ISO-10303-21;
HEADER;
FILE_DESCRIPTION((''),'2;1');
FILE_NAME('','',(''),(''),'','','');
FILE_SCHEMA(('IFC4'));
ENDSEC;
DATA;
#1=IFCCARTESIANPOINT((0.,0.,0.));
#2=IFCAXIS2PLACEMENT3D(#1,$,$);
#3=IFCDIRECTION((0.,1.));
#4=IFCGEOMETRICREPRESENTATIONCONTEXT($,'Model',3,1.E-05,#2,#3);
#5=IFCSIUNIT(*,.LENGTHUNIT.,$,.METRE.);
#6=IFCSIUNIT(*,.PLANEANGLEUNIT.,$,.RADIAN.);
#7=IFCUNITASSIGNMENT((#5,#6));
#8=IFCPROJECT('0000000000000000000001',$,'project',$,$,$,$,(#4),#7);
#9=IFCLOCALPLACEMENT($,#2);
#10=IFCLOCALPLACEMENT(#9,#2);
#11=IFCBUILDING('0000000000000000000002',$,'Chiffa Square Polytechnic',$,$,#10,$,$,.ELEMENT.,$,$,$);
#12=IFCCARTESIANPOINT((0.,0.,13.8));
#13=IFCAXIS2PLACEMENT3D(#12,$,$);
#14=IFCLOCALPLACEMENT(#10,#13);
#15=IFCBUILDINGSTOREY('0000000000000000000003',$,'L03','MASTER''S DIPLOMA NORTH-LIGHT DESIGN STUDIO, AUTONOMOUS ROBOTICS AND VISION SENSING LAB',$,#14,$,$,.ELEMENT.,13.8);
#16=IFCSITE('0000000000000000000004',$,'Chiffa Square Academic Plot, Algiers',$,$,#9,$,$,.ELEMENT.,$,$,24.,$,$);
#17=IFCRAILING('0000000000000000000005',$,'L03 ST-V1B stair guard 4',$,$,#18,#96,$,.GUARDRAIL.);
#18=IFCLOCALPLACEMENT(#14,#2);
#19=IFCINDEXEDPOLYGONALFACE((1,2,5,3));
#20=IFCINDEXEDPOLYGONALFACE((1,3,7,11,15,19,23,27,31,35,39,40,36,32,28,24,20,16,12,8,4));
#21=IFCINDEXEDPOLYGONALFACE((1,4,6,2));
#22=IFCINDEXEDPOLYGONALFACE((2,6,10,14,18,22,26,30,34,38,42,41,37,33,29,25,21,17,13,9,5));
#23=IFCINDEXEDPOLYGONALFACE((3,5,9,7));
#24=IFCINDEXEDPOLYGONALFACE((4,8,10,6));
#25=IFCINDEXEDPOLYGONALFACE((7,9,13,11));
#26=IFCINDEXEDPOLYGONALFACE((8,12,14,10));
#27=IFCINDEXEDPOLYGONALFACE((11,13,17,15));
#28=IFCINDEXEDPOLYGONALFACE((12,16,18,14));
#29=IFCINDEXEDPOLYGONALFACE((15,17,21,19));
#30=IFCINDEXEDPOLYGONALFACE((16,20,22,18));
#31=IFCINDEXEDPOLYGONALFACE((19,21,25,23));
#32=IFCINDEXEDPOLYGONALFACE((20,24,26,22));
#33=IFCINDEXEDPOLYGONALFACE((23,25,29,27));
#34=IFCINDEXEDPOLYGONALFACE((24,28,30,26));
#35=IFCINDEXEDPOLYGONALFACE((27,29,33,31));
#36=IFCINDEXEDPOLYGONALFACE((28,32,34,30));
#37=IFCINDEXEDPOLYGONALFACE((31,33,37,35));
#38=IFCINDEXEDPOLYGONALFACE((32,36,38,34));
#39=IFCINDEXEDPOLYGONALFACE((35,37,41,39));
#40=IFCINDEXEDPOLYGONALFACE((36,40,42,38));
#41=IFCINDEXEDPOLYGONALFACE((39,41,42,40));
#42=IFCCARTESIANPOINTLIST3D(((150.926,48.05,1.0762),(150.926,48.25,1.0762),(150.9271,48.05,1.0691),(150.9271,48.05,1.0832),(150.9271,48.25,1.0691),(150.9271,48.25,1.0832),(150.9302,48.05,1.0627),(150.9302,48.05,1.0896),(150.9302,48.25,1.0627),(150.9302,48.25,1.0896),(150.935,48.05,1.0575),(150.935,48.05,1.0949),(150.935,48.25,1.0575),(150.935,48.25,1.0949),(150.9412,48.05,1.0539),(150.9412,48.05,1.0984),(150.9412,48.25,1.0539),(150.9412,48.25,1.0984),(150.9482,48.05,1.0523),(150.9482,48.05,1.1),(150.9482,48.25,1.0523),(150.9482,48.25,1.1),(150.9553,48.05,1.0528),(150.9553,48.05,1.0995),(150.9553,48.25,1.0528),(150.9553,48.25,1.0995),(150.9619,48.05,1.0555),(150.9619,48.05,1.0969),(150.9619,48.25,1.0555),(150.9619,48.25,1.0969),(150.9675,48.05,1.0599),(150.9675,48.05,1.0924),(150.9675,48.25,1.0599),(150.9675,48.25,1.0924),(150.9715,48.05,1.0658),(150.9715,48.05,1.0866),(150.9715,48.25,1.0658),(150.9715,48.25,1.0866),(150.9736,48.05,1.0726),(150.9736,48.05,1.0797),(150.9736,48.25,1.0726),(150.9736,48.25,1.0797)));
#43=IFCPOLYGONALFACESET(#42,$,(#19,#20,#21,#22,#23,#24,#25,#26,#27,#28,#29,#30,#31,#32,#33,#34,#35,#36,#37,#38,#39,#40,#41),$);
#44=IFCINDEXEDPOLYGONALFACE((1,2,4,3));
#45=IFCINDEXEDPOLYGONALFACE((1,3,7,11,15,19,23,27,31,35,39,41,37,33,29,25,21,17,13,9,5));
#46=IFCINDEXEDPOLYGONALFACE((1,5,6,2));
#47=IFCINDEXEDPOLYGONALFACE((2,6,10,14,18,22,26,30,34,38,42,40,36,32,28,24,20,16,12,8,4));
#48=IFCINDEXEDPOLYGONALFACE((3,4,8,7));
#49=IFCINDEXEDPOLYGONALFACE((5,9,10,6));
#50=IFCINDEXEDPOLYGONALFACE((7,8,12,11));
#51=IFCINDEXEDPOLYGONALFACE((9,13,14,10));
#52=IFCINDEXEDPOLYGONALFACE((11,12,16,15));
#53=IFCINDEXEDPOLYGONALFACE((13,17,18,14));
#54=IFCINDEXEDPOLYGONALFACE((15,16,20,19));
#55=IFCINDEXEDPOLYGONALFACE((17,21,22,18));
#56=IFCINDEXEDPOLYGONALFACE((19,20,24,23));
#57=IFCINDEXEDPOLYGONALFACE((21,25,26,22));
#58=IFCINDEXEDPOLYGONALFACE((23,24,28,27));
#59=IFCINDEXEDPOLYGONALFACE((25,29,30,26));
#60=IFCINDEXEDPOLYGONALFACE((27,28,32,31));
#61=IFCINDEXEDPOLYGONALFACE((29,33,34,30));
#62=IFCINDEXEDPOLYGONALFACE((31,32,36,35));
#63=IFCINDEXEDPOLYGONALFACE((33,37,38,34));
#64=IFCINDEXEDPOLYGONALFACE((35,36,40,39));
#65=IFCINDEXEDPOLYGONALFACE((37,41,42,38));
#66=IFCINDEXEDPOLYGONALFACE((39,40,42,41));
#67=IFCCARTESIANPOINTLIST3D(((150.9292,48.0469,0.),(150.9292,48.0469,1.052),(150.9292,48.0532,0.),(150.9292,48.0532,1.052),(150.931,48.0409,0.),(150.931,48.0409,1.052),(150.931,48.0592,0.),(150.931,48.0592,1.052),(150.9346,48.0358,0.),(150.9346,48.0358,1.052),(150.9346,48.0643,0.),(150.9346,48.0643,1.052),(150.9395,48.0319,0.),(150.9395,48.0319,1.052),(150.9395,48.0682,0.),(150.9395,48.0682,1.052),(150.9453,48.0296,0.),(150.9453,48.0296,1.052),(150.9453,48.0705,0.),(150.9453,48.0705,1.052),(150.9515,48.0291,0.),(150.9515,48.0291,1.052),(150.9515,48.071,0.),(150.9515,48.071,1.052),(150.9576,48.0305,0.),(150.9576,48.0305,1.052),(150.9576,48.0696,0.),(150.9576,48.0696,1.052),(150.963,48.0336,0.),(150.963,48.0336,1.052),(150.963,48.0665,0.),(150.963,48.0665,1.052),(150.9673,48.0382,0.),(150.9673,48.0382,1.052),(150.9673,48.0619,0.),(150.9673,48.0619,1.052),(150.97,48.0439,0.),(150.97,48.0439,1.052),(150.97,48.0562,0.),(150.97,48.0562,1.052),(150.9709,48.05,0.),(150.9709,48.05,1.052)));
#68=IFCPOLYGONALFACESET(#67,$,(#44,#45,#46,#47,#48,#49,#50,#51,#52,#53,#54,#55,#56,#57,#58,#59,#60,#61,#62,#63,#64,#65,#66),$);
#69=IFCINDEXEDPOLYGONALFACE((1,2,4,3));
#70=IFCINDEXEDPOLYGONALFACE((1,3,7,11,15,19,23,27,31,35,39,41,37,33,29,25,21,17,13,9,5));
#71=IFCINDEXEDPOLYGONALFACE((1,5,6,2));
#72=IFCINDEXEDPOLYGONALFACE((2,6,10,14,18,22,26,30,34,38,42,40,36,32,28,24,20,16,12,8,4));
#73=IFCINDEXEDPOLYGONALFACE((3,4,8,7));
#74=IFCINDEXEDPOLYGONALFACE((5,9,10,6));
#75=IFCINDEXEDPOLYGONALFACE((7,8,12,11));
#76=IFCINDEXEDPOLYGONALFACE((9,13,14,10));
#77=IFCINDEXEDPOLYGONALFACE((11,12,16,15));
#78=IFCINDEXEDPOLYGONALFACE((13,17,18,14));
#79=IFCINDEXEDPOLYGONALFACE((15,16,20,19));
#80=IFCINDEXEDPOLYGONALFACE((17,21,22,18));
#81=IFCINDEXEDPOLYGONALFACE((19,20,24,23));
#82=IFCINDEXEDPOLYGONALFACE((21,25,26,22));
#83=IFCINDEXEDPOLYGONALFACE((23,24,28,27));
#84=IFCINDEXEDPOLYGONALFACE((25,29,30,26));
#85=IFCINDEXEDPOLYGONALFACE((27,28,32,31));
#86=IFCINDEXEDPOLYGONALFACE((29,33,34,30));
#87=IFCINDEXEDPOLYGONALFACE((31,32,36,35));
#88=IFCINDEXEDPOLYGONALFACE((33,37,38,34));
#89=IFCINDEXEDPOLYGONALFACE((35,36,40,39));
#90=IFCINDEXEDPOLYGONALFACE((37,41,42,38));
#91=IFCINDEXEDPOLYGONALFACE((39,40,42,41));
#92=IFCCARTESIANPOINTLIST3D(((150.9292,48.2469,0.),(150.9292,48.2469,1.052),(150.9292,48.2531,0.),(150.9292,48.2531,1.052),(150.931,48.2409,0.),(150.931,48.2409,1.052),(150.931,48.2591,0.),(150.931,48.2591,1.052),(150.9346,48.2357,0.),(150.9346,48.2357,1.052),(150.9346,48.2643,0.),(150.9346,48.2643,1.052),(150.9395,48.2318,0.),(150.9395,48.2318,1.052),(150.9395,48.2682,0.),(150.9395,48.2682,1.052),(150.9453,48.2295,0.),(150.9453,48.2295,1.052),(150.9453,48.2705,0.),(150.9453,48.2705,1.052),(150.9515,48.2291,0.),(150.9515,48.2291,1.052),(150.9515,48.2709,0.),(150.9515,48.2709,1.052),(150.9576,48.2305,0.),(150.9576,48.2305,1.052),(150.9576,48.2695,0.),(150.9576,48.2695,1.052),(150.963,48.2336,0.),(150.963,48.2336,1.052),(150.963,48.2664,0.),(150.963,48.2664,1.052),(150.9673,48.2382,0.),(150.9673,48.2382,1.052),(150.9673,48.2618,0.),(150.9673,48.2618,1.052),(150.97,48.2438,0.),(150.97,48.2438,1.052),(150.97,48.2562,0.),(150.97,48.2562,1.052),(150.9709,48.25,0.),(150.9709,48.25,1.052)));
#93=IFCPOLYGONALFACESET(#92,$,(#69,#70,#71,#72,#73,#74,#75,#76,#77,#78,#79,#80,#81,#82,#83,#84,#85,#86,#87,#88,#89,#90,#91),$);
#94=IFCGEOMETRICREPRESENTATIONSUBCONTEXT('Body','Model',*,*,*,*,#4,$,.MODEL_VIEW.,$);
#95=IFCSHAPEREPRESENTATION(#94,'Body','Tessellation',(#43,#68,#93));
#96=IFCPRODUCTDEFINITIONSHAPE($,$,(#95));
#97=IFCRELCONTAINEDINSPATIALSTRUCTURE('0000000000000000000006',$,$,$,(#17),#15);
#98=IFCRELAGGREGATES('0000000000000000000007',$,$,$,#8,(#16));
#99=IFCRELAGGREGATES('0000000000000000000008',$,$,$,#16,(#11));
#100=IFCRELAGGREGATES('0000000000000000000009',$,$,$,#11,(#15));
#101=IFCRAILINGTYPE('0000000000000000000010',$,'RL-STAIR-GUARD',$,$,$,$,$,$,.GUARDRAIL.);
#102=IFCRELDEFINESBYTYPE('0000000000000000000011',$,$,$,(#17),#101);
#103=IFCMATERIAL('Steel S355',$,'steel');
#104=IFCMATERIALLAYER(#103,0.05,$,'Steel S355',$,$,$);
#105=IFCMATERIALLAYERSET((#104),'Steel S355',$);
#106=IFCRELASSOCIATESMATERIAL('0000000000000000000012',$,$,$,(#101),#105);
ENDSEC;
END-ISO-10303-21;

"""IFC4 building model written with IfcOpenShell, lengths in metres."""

from ifc_helpers import new_model, si_unit, direction, frame, origin, origin_2d, place, context, subcontext, project, spatial, circle, extrude, material, layer, layer_set, type_object, element, save


model = new_model("IFC4")

# Units and contexts
model_context = context("Model", 3, precision=1e-05, world=origin(), true_north=direction((0.0, 1.0)))
body_context = subcontext(model_context, "Body", "Model", "MODEL_VIEW")
ifc_project = project(units=[si_unit("LENGTHUNIT", "METRE"), si_unit("PLANEANGLEUNIT", "RADIAN")], contexts=[model_context])

# Site, building, storey
site_placement = place(None, origin())
site = spatial("IfcSite", under=ifc_project, at=site_placement, Name="Chiffa Square Academic Plot, Algiers", CompositionType="ELEMENT", RefElevation=24.0)
building_placement = place(site_placement, origin())
building = spatial("IfcBuilding", under=site, at=building_placement, Name="Chiffa Square Polytechnic", CompositionType="ELEMENT")
storey_placement = place(building_placement, frame((0.0, 0.0, 13.8)))
storey = spatial("IfcBuildingStorey", under=building, at=storey_placement, Name="L03", Description="MASTER'S DIPLOMA NORTH-LIGHT DESIGN STUDIO, AUTONOMOUS ROBOTICS AND VISION SENSING LAB", CompositionType="ELEMENT", Elevation=13.8)

# Railing
ifc_material_1 = material(Name="Steel S355", Category="steel")
ifc_layer_1 = layer(ifc_material_1, 0.05, Name="Steel S355")
ifc_layer_set_1 = layer_set([ifc_layer_1], Name="Steel S355")
railing_type_1 = type_object("IfcRailingType", Name="RL-STAIR-GUARD", PredefinedType="GUARDRAIL", material=ifc_layer_set_1)
railing_1_placement = place(storey_placement, frame((150.95, 48.05, 0.0)))
element("IfcRailing", 1, at=railing_1_placement, inside=storey, type_object=railing_type_1, Name="L03 ST-V1B stair guard 4", PredefinedType="GUARDRAIL", context=body_context, shape_type="SweptSolid", body=[
    extrude(circle(Radius=0.0239, at=origin_2d()), frame((0.0, 0.0, 1.0762), z_axis=(0.0, 1.0, 0.0), x_axis=(-1.0, 0.0, 0.0)), (0.0, 0.0, 1.0), 0.2),
    extrude(circle(Radius=0.021, at=origin_2d()), origin(), (0.0, 0.0, 1.0), 1.052),
    extrude(circle(Radius=0.021, at=origin_2d()), frame((0.0, 0.2, 0.0)), (0.0, 0.0, 1.0), 1.052),
])

save(model, "model.ifc")
